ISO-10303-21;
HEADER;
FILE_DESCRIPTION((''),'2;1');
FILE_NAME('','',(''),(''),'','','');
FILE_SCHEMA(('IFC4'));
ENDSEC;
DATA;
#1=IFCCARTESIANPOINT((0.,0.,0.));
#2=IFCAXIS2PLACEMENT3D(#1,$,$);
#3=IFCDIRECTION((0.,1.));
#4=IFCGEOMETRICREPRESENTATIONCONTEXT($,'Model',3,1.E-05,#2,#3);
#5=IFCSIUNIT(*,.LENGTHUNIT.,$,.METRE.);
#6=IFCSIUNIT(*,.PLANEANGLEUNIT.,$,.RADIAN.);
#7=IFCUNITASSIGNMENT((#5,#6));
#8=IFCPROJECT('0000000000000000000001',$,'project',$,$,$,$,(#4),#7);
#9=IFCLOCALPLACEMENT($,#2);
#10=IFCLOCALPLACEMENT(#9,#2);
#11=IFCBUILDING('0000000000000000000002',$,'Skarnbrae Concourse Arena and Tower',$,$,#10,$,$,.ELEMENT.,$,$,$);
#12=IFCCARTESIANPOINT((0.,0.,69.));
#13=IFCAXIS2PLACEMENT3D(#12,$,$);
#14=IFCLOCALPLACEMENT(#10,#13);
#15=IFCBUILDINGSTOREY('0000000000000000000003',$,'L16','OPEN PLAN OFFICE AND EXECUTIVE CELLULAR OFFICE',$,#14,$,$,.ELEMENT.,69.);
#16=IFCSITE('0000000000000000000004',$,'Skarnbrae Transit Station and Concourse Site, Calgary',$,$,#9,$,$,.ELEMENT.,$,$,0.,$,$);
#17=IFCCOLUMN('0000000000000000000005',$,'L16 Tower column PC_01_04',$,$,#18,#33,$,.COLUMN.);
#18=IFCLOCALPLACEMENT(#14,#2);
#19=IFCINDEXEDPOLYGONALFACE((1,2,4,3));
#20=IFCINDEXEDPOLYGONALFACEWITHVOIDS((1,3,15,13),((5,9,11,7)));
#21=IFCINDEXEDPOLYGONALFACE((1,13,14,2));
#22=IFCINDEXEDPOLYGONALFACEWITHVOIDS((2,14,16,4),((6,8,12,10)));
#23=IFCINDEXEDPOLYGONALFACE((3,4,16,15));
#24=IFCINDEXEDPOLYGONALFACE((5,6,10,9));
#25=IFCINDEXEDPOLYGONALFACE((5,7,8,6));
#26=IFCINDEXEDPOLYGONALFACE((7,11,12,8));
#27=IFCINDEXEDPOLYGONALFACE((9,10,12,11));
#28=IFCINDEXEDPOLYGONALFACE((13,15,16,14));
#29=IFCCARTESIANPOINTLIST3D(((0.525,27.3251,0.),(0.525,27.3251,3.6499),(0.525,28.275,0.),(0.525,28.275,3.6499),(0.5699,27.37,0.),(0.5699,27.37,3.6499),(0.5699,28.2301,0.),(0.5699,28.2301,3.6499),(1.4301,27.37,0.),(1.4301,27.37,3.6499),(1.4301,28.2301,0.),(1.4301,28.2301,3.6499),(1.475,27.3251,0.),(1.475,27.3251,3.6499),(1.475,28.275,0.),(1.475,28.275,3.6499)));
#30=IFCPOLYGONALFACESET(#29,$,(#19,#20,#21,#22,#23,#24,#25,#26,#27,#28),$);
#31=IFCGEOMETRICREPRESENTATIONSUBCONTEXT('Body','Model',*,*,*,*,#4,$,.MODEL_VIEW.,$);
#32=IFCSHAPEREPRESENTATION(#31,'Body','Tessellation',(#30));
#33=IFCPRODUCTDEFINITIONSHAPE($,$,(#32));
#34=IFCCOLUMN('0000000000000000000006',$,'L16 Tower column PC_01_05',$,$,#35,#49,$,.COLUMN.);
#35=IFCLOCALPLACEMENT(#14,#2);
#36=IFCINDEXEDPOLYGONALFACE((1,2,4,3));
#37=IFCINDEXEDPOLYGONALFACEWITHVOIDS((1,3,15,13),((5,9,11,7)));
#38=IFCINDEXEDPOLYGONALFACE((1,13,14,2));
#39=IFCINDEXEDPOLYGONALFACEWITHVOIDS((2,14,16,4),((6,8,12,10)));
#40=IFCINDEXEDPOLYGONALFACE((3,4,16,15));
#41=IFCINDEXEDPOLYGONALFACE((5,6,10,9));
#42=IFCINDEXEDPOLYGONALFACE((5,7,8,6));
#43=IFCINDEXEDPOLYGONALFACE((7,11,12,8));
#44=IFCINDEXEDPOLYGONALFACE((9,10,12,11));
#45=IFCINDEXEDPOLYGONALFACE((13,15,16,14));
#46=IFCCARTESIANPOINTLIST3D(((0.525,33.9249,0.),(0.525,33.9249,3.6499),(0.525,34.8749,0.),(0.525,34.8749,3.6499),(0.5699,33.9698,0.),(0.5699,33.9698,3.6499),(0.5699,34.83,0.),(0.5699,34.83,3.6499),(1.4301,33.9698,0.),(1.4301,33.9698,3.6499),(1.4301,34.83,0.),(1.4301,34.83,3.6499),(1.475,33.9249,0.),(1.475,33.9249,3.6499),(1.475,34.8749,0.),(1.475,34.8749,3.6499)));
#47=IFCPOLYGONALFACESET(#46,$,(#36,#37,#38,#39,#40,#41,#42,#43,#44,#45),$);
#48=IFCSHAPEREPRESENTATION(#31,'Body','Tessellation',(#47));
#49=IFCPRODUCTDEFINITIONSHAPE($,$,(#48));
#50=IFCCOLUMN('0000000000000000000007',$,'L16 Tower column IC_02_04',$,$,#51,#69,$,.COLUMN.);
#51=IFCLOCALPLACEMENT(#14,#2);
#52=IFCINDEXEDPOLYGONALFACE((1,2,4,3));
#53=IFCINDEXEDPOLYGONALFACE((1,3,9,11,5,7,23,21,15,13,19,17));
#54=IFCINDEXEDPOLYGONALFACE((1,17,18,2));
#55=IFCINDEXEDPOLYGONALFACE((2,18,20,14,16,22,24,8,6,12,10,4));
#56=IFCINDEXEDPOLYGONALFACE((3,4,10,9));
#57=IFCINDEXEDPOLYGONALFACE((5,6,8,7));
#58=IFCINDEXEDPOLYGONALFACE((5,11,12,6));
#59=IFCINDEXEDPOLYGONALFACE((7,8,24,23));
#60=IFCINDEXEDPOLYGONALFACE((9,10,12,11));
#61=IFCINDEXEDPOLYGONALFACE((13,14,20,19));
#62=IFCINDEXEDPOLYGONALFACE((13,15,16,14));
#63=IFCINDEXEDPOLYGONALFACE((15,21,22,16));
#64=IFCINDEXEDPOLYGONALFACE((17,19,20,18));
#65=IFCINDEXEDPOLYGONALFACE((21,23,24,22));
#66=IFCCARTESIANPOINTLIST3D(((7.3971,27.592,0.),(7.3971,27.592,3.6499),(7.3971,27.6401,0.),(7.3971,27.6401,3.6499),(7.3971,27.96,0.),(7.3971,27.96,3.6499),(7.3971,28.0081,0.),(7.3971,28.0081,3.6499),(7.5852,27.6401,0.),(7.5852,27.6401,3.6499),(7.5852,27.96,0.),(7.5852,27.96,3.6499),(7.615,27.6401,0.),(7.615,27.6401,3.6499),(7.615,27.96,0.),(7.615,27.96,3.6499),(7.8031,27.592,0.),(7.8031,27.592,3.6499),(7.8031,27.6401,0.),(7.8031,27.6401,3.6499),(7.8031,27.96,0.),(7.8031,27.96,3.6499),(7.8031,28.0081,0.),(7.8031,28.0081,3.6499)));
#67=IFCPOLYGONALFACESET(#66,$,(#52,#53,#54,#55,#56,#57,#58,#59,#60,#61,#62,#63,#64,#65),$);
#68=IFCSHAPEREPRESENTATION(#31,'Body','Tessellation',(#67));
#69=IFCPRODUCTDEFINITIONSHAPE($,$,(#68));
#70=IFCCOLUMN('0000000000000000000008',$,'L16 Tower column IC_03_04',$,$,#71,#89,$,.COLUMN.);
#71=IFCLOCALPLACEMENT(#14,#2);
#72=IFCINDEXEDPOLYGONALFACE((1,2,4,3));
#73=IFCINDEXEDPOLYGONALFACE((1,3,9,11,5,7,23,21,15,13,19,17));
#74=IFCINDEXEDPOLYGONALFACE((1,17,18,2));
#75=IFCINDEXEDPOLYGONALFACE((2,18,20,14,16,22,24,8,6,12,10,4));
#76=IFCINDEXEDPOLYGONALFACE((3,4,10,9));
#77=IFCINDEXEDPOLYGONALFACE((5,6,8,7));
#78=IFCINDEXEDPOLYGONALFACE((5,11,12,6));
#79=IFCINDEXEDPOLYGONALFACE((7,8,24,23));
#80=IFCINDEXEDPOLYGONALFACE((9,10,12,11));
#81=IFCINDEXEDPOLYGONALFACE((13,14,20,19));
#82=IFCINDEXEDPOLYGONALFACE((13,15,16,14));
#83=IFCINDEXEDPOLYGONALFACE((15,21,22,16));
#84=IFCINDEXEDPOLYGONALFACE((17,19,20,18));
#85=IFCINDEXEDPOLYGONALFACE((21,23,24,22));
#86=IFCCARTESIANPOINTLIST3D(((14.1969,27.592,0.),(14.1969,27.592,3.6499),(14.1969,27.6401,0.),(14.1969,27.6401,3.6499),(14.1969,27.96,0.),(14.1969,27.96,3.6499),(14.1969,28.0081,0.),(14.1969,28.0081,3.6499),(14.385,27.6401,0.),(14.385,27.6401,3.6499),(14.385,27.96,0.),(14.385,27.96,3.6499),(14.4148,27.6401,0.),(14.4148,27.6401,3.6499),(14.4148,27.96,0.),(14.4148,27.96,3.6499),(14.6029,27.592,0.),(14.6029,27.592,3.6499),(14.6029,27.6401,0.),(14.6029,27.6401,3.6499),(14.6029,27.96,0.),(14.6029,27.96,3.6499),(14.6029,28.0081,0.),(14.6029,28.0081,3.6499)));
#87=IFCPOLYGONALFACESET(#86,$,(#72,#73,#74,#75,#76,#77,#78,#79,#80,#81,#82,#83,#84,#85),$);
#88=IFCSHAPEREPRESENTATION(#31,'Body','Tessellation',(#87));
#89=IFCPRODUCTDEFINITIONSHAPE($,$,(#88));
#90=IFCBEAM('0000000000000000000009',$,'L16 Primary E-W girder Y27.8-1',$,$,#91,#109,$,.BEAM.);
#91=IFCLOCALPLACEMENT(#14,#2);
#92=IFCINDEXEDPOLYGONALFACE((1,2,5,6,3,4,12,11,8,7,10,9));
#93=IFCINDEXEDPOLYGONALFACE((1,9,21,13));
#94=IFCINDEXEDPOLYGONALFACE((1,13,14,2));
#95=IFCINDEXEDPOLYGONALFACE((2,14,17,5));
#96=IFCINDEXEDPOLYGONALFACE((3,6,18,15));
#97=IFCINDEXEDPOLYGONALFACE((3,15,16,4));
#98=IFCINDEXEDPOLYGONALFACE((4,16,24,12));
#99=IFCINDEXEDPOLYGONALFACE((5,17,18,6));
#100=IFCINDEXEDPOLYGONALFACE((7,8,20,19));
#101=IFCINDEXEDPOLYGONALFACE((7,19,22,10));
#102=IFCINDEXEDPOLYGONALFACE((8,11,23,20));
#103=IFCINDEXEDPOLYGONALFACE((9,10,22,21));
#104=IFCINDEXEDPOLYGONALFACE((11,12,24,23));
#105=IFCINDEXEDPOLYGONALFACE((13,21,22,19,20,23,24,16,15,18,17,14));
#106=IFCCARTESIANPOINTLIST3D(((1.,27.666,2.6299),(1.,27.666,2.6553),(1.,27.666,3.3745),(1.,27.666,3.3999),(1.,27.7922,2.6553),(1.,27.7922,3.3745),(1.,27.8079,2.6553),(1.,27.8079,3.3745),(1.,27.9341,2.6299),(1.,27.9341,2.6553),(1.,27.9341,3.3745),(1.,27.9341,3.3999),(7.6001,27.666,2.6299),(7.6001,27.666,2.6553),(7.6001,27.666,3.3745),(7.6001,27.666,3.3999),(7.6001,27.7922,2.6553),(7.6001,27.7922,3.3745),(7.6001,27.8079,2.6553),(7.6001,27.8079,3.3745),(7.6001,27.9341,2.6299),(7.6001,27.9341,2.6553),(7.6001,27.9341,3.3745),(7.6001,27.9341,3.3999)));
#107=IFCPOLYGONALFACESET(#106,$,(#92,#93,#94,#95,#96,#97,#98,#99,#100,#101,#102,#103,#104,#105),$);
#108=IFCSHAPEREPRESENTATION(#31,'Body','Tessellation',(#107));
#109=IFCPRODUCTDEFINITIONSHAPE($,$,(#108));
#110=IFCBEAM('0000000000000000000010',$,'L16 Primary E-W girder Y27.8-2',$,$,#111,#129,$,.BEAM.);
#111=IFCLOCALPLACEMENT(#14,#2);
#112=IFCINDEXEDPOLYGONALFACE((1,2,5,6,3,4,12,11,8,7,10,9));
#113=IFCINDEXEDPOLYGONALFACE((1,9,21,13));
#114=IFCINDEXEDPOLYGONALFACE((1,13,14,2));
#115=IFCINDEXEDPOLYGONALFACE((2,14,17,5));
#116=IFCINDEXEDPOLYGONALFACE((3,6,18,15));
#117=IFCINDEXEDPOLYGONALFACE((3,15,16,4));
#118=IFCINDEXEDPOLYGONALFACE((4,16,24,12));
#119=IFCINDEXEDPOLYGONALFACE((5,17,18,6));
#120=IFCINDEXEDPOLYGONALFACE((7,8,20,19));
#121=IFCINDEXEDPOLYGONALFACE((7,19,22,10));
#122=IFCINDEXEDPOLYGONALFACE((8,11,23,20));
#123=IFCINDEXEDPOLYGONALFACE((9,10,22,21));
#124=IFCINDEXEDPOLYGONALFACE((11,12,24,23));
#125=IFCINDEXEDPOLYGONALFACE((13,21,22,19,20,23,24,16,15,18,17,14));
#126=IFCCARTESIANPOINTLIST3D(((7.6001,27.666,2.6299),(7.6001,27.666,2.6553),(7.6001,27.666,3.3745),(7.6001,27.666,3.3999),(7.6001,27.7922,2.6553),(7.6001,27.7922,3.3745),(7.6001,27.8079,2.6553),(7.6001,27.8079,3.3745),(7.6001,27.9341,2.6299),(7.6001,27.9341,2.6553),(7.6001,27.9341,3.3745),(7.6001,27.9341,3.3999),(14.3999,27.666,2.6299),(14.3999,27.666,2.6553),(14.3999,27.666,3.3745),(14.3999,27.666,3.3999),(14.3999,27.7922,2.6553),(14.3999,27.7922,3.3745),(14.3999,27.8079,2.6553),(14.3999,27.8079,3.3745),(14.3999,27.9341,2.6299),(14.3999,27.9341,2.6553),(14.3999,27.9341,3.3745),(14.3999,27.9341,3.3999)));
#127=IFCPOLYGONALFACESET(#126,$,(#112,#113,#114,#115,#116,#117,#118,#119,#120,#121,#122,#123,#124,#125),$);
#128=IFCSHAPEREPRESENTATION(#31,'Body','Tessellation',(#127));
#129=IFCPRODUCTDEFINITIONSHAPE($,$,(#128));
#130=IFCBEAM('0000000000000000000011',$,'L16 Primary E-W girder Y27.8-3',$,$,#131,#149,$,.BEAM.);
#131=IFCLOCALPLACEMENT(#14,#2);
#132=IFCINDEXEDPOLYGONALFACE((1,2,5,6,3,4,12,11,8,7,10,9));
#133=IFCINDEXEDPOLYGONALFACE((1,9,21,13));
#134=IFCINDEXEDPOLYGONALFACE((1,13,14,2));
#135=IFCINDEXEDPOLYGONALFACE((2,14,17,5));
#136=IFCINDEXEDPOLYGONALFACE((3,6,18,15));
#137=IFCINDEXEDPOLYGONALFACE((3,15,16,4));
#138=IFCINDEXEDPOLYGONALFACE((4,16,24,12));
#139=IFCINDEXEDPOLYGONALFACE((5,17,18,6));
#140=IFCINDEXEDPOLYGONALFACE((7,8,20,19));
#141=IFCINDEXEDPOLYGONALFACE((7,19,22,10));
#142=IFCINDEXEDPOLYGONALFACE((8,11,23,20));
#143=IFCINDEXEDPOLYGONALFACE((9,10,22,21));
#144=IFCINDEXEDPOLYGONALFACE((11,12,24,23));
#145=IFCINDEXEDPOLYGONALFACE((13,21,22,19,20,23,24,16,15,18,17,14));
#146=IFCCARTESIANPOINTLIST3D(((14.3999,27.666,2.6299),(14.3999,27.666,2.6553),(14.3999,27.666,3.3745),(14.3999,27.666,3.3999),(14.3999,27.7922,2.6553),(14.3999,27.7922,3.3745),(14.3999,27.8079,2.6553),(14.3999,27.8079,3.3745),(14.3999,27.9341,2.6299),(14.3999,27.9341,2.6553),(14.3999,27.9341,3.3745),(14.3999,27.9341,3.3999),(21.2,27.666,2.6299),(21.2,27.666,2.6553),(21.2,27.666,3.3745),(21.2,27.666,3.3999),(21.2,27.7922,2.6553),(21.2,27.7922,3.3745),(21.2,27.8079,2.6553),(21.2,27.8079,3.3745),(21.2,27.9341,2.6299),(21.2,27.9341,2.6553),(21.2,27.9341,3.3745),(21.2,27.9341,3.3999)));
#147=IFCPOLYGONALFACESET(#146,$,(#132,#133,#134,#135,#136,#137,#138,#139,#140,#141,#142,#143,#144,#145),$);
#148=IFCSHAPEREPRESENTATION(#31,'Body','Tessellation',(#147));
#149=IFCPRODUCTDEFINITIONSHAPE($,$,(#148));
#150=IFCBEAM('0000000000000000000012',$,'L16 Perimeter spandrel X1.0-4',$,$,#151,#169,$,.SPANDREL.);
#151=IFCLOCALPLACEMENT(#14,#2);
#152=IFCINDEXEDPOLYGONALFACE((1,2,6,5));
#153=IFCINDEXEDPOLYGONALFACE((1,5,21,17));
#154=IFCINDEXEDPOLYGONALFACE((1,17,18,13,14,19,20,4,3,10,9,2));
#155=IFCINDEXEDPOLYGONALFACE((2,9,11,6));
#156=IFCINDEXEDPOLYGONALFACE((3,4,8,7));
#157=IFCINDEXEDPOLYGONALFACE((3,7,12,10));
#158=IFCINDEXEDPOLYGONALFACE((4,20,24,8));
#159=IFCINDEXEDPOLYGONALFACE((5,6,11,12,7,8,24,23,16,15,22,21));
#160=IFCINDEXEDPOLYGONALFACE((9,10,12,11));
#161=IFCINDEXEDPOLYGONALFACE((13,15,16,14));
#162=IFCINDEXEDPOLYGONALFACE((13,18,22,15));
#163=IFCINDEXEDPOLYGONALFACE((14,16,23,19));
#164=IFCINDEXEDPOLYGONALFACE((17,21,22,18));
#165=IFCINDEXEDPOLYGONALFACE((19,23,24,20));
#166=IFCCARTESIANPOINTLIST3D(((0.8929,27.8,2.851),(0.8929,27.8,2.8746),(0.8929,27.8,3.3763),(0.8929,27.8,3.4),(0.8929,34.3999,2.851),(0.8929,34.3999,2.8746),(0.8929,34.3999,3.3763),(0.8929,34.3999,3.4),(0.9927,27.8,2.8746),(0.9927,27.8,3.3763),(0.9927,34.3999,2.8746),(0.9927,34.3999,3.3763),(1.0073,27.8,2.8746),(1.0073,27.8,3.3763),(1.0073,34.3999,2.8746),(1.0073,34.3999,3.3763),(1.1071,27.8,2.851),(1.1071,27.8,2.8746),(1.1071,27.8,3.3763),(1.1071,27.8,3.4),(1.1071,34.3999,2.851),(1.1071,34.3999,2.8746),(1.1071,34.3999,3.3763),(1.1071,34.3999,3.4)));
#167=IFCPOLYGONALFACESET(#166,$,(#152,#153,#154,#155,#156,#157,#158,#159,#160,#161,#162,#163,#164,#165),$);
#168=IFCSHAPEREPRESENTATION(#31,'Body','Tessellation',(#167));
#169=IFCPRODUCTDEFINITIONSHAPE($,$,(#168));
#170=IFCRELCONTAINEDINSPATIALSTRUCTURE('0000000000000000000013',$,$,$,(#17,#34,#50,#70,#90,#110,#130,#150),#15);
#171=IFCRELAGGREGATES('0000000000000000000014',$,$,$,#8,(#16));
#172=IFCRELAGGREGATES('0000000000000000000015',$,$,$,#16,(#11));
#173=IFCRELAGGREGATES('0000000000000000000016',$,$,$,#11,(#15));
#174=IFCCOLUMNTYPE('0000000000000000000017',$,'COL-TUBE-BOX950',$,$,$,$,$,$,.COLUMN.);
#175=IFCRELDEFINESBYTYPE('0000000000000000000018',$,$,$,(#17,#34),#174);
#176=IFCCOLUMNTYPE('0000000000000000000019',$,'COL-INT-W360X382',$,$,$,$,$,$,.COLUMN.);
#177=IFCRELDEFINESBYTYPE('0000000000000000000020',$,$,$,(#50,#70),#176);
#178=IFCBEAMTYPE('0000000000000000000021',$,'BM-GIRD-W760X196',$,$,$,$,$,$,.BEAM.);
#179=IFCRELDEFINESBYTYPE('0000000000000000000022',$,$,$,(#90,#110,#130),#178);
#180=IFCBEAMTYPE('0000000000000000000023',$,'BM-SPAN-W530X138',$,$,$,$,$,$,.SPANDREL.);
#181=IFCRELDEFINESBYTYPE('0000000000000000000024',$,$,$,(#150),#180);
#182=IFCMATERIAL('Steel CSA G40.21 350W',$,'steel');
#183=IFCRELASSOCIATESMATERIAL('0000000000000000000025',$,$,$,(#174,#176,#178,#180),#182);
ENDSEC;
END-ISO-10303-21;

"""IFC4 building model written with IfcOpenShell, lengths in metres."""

from ifc_helpers import new_model, si_unit, direction, frame, origin, origin_2d, place, context, subcontext, project, spatial, hollow_rectangle, i_section, extrude, source, transform, mapped, material, material_profile, profile_set, type_object, element, save


model = new_model("IFC4")

# Units and contexts
model_context = context("Model", 3, precision=1e-05, world=origin(), true_north=direction((0.0, 1.0)))
body_context = subcontext(model_context, "Body", "Model", "MODEL_VIEW")
ifc_project = project(units=[si_unit("LENGTHUNIT", "METRE"), si_unit("PLANEANGLEUNIT", "RADIAN")], contexts=[model_context])

# Site, building, storey
site_placement = place(None, origin())
site = spatial("IfcSite", under=ifc_project, at=site_placement, Name="Skarnbrae Transit Station and Concourse Site, Calgary", CompositionType="ELEMENT", RefElevation=0.0)
building_placement = place(site_placement, origin())
building = spatial("IfcBuilding", under=site, at=building_placement, Name="Skarnbrae Concourse Arena and Tower", CompositionType="ELEMENT")
storey_placement = place(building_placement, frame((0.0, 0.0, 69.0)))
storey = spatial("IfcBuildingStorey", under=building, at=storey_placement, Name="L16", Description="OPEN PLAN OFFICE AND EXECUTIVE CELLULAR OFFICE", CompositionType="ELEMENT", Elevation=69.0)

# Columns
ifc_material_1 = material(Name="Steel CSA G40.21 350W", Category="steel")
ifc_material_profile_1 = material_profile(ifc_material_1, hollow_rectangle(XDim=0.95, YDim=0.95, WallThickness=0.0449, at=origin_2d()), Name="BOX950X950X45")
ifc_profile_set_1 = profile_set([ifc_material_profile_1], Name="Steel CSA G40.21 350W")
column_type_1 = type_object("IfcColumnType", Name="COL-TUBE-BOX950", PredefinedType="COLUMN", material=ifc_profile_set_1)
shared_shape_1 = source(origin(), body_context, "Body", "SweptSolid", [
    extrude(hollow_rectangle(XDim=0.95, YDim=0.95, WallThickness=0.0449, at=origin_2d()), origin(), (0.0, 0.0, 1.0), 3.6499),
])
for number, where, z_axis, x_axis, name in (
    (1, (1.0, 27.8, 0.0), (0.0, 0.0, 1.0), (1.0, 0.0, 0.0), "L16 Tower column PC_01_04"),
    (2, (1.0, 34.3999, 0.0), (0.0, 0.0, 1.0), (1.0, 0.0, 0.0), "L16 Tower column PC_01_05"),
):
    element("IfcColumn", number, at=place(storey_placement, frame(where, z_axis=z_axis, x_axis=x_axis)), inside=storey, type_object=column_type_1, Name=name, PredefinedType="COLUMN", context=body_context, shape_type="MappedRepresentation", body=[
        mapped(shared_shape_1, transform((0.0, 0.0, 0.0))),
    ])
ifc_material_profile_2 = material_profile(ifc_material_1, i_section(OverallWidth=0.406, OverallDepth=0.416, WebThickness=0.0298, FlangeThickness=0.0481, at=origin_2d()), Name="W360X382")
ifc_profile_set_2 = profile_set([ifc_material_profile_2], Name="Steel CSA G40.21 350W")
column_type_2 = type_object("IfcColumnType", Name="COL-INT-W360X382", PredefinedType="COLUMN", material=ifc_profile_set_2)
shared_shape_2 = source(origin(), body_context, "Body", "SweptSolid", [
    extrude(i_section(OverallWidth=0.406, OverallDepth=0.416, WebThickness=0.0298, FlangeThickness=0.0481, at=origin_2d()), origin(), (0.0, 0.0, 1.0), 3.6499),
])
for number, where, z_axis, x_axis, name in (
    (3, (7.6001, 27.8, 0.0), (0.0, 0.0, 1.0), (1.0, 0.0, 0.0), "L16 Tower column IC_02_04"),
    (4, (14.3999, 27.8, 0.0), (0.0, 0.0, 1.0), (1.0, 0.0, 0.0), "L16 Tower column IC_03_04"),
):
    element("IfcColumn", number, at=place(storey_placement, frame(where, z_axis=z_axis, x_axis=x_axis)), inside=storey, type_object=column_type_2, Name=name, PredefinedType="COLUMN", context=body_context, shape_type="MappedRepresentation", body=[
        mapped(shared_shape_2, transform((0.0, 0.0, 0.0))),
    ])

# Beams
ifc_material_profile_3 = material_profile(ifc_material_1, i_section(OverallWidth=0.2681, OverallDepth=0.77, WebThickness=0.0156, FlangeThickness=0.0254, at=origin_2d()), Name="W760X196")
ifc_profile_set_3 = profile_set([ifc_material_profile_3], Name="Steel CSA G40.21 350W")
beam_type_1 = type_object("IfcBeamType", Name="BM-GIRD-W760X196", PredefinedType="BEAM", material=ifc_profile_set_3)
shared_shape_3 = source(origin(), body_context, "Body", "SweptSolid", [
    extrude(i_section(OverallWidth=0.2681, OverallDepth=0.77, WebThickness=0.0156, FlangeThickness=0.0254, at=origin_2d()), origin(), (0.0, 0.0, 1.0), 6.6001),
])
beam_1_placement = place(storey_placement, frame((1.0, 27.8, 3.0149), z_axis=(1.0, 0.0, 0.0), x_axis=(0.0, 1.0, 0.0)))
element("IfcBeam", 5, at=beam_1_placement, inside=storey, type_object=beam_type_1, Name="L16 Primary E-W girder Y27.8-1", PredefinedType="BEAM", context=body_context, shape_type="MappedRepresentation", body=[
    mapped(shared_shape_3, transform((0.0, 0.0, 0.0))),
])
shared_shape_4 = source(origin(), body_context, "Body", "SweptSolid", [
    extrude(i_section(OverallWidth=0.2681, OverallDepth=0.77, WebThickness=0.0156, FlangeThickness=0.0254, at=origin_2d()), origin(), (0.0, 0.0, 1.0), 6.7998),
])
beam_2_placement = place(storey_placement, frame((7.6001, 27.8, 3.0149), z_axis=(1.0, 0.0, 0.0), x_axis=(0.0, 1.0, 0.0)))
element("IfcBeam", 6, at=beam_2_placement, inside=storey, type_object=beam_type_1, Name="L16 Primary E-W girder Y27.8-2", PredefinedType="BEAM", context=body_context, shape_type="MappedRepresentation", body=[
    mapped(shared_shape_4, transform((0.0, 0.0, 0.0))),
])
shared_shape_5 = source(origin(), body_context, "Body", "SweptSolid", [
    extrude(i_section(OverallWidth=0.2681, OverallDepth=0.77, WebThickness=0.0156, FlangeThickness=0.0254, at=origin_2d()), origin(), (0.0, 0.0, 1.0), 6.8),
])
beam_3_placement = place(storey_placement, frame((14.3999, 27.8, 3.0149), z_axis=(1.0, 0.0, 0.0), x_axis=(0.0, 1.0, 0.0)))
element("IfcBeam", 7, at=beam_3_placement, inside=storey, type_object=beam_type_1, Name="L16 Primary E-W girder Y27.8-3", PredefinedType="BEAM", context=body_context, shape_type="MappedRepresentation", body=[
    mapped(shared_shape_5, transform((0.0, 0.0, 0.0))),
])
ifc_material_profile_4 = material_profile(ifc_material_1, i_section(OverallWidth=0.2141, OverallDepth=0.5491, WebThickness=0.0146, FlangeThickness=0.0237, at=origin_2d()), Name="W530X138")
ifc_profile_set_4 = profile_set([ifc_material_profile_4], Name="Steel CSA G40.21 350W")
beam_type_2 = type_object("IfcBeamType", Name="BM-SPAN-W530X138", PredefinedType="SPANDREL", material=ifc_profile_set_4)
shared_shape_6 = source(origin(), body_context, "Body", "SweptSolid", [
    extrude(i_section(OverallWidth=0.2141, OverallDepth=0.5491, WebThickness=0.0146, FlangeThickness=0.0237, at=origin_2d()), origin(), (0.0, 0.0, 1.0), 6.5999),
])
beam_4_placement = place(storey_placement, frame((1.0, 27.8, 3.1255), z_axis=(0.0, 1.0, 0.0), x_axis=(-1.0, 0.0, 0.0)))
element("IfcBeam", 8, at=beam_4_placement, inside=storey, type_object=beam_type_2, Name="L16 Perimeter spandrel X1.0-4", PredefinedType="SPANDREL", context=body_context, shape_type="MappedRepresentation", body=[
    mapped(shared_shape_6, transform((0.0, 0.0, 0.0))),
])

save(model, "model.ifc")
